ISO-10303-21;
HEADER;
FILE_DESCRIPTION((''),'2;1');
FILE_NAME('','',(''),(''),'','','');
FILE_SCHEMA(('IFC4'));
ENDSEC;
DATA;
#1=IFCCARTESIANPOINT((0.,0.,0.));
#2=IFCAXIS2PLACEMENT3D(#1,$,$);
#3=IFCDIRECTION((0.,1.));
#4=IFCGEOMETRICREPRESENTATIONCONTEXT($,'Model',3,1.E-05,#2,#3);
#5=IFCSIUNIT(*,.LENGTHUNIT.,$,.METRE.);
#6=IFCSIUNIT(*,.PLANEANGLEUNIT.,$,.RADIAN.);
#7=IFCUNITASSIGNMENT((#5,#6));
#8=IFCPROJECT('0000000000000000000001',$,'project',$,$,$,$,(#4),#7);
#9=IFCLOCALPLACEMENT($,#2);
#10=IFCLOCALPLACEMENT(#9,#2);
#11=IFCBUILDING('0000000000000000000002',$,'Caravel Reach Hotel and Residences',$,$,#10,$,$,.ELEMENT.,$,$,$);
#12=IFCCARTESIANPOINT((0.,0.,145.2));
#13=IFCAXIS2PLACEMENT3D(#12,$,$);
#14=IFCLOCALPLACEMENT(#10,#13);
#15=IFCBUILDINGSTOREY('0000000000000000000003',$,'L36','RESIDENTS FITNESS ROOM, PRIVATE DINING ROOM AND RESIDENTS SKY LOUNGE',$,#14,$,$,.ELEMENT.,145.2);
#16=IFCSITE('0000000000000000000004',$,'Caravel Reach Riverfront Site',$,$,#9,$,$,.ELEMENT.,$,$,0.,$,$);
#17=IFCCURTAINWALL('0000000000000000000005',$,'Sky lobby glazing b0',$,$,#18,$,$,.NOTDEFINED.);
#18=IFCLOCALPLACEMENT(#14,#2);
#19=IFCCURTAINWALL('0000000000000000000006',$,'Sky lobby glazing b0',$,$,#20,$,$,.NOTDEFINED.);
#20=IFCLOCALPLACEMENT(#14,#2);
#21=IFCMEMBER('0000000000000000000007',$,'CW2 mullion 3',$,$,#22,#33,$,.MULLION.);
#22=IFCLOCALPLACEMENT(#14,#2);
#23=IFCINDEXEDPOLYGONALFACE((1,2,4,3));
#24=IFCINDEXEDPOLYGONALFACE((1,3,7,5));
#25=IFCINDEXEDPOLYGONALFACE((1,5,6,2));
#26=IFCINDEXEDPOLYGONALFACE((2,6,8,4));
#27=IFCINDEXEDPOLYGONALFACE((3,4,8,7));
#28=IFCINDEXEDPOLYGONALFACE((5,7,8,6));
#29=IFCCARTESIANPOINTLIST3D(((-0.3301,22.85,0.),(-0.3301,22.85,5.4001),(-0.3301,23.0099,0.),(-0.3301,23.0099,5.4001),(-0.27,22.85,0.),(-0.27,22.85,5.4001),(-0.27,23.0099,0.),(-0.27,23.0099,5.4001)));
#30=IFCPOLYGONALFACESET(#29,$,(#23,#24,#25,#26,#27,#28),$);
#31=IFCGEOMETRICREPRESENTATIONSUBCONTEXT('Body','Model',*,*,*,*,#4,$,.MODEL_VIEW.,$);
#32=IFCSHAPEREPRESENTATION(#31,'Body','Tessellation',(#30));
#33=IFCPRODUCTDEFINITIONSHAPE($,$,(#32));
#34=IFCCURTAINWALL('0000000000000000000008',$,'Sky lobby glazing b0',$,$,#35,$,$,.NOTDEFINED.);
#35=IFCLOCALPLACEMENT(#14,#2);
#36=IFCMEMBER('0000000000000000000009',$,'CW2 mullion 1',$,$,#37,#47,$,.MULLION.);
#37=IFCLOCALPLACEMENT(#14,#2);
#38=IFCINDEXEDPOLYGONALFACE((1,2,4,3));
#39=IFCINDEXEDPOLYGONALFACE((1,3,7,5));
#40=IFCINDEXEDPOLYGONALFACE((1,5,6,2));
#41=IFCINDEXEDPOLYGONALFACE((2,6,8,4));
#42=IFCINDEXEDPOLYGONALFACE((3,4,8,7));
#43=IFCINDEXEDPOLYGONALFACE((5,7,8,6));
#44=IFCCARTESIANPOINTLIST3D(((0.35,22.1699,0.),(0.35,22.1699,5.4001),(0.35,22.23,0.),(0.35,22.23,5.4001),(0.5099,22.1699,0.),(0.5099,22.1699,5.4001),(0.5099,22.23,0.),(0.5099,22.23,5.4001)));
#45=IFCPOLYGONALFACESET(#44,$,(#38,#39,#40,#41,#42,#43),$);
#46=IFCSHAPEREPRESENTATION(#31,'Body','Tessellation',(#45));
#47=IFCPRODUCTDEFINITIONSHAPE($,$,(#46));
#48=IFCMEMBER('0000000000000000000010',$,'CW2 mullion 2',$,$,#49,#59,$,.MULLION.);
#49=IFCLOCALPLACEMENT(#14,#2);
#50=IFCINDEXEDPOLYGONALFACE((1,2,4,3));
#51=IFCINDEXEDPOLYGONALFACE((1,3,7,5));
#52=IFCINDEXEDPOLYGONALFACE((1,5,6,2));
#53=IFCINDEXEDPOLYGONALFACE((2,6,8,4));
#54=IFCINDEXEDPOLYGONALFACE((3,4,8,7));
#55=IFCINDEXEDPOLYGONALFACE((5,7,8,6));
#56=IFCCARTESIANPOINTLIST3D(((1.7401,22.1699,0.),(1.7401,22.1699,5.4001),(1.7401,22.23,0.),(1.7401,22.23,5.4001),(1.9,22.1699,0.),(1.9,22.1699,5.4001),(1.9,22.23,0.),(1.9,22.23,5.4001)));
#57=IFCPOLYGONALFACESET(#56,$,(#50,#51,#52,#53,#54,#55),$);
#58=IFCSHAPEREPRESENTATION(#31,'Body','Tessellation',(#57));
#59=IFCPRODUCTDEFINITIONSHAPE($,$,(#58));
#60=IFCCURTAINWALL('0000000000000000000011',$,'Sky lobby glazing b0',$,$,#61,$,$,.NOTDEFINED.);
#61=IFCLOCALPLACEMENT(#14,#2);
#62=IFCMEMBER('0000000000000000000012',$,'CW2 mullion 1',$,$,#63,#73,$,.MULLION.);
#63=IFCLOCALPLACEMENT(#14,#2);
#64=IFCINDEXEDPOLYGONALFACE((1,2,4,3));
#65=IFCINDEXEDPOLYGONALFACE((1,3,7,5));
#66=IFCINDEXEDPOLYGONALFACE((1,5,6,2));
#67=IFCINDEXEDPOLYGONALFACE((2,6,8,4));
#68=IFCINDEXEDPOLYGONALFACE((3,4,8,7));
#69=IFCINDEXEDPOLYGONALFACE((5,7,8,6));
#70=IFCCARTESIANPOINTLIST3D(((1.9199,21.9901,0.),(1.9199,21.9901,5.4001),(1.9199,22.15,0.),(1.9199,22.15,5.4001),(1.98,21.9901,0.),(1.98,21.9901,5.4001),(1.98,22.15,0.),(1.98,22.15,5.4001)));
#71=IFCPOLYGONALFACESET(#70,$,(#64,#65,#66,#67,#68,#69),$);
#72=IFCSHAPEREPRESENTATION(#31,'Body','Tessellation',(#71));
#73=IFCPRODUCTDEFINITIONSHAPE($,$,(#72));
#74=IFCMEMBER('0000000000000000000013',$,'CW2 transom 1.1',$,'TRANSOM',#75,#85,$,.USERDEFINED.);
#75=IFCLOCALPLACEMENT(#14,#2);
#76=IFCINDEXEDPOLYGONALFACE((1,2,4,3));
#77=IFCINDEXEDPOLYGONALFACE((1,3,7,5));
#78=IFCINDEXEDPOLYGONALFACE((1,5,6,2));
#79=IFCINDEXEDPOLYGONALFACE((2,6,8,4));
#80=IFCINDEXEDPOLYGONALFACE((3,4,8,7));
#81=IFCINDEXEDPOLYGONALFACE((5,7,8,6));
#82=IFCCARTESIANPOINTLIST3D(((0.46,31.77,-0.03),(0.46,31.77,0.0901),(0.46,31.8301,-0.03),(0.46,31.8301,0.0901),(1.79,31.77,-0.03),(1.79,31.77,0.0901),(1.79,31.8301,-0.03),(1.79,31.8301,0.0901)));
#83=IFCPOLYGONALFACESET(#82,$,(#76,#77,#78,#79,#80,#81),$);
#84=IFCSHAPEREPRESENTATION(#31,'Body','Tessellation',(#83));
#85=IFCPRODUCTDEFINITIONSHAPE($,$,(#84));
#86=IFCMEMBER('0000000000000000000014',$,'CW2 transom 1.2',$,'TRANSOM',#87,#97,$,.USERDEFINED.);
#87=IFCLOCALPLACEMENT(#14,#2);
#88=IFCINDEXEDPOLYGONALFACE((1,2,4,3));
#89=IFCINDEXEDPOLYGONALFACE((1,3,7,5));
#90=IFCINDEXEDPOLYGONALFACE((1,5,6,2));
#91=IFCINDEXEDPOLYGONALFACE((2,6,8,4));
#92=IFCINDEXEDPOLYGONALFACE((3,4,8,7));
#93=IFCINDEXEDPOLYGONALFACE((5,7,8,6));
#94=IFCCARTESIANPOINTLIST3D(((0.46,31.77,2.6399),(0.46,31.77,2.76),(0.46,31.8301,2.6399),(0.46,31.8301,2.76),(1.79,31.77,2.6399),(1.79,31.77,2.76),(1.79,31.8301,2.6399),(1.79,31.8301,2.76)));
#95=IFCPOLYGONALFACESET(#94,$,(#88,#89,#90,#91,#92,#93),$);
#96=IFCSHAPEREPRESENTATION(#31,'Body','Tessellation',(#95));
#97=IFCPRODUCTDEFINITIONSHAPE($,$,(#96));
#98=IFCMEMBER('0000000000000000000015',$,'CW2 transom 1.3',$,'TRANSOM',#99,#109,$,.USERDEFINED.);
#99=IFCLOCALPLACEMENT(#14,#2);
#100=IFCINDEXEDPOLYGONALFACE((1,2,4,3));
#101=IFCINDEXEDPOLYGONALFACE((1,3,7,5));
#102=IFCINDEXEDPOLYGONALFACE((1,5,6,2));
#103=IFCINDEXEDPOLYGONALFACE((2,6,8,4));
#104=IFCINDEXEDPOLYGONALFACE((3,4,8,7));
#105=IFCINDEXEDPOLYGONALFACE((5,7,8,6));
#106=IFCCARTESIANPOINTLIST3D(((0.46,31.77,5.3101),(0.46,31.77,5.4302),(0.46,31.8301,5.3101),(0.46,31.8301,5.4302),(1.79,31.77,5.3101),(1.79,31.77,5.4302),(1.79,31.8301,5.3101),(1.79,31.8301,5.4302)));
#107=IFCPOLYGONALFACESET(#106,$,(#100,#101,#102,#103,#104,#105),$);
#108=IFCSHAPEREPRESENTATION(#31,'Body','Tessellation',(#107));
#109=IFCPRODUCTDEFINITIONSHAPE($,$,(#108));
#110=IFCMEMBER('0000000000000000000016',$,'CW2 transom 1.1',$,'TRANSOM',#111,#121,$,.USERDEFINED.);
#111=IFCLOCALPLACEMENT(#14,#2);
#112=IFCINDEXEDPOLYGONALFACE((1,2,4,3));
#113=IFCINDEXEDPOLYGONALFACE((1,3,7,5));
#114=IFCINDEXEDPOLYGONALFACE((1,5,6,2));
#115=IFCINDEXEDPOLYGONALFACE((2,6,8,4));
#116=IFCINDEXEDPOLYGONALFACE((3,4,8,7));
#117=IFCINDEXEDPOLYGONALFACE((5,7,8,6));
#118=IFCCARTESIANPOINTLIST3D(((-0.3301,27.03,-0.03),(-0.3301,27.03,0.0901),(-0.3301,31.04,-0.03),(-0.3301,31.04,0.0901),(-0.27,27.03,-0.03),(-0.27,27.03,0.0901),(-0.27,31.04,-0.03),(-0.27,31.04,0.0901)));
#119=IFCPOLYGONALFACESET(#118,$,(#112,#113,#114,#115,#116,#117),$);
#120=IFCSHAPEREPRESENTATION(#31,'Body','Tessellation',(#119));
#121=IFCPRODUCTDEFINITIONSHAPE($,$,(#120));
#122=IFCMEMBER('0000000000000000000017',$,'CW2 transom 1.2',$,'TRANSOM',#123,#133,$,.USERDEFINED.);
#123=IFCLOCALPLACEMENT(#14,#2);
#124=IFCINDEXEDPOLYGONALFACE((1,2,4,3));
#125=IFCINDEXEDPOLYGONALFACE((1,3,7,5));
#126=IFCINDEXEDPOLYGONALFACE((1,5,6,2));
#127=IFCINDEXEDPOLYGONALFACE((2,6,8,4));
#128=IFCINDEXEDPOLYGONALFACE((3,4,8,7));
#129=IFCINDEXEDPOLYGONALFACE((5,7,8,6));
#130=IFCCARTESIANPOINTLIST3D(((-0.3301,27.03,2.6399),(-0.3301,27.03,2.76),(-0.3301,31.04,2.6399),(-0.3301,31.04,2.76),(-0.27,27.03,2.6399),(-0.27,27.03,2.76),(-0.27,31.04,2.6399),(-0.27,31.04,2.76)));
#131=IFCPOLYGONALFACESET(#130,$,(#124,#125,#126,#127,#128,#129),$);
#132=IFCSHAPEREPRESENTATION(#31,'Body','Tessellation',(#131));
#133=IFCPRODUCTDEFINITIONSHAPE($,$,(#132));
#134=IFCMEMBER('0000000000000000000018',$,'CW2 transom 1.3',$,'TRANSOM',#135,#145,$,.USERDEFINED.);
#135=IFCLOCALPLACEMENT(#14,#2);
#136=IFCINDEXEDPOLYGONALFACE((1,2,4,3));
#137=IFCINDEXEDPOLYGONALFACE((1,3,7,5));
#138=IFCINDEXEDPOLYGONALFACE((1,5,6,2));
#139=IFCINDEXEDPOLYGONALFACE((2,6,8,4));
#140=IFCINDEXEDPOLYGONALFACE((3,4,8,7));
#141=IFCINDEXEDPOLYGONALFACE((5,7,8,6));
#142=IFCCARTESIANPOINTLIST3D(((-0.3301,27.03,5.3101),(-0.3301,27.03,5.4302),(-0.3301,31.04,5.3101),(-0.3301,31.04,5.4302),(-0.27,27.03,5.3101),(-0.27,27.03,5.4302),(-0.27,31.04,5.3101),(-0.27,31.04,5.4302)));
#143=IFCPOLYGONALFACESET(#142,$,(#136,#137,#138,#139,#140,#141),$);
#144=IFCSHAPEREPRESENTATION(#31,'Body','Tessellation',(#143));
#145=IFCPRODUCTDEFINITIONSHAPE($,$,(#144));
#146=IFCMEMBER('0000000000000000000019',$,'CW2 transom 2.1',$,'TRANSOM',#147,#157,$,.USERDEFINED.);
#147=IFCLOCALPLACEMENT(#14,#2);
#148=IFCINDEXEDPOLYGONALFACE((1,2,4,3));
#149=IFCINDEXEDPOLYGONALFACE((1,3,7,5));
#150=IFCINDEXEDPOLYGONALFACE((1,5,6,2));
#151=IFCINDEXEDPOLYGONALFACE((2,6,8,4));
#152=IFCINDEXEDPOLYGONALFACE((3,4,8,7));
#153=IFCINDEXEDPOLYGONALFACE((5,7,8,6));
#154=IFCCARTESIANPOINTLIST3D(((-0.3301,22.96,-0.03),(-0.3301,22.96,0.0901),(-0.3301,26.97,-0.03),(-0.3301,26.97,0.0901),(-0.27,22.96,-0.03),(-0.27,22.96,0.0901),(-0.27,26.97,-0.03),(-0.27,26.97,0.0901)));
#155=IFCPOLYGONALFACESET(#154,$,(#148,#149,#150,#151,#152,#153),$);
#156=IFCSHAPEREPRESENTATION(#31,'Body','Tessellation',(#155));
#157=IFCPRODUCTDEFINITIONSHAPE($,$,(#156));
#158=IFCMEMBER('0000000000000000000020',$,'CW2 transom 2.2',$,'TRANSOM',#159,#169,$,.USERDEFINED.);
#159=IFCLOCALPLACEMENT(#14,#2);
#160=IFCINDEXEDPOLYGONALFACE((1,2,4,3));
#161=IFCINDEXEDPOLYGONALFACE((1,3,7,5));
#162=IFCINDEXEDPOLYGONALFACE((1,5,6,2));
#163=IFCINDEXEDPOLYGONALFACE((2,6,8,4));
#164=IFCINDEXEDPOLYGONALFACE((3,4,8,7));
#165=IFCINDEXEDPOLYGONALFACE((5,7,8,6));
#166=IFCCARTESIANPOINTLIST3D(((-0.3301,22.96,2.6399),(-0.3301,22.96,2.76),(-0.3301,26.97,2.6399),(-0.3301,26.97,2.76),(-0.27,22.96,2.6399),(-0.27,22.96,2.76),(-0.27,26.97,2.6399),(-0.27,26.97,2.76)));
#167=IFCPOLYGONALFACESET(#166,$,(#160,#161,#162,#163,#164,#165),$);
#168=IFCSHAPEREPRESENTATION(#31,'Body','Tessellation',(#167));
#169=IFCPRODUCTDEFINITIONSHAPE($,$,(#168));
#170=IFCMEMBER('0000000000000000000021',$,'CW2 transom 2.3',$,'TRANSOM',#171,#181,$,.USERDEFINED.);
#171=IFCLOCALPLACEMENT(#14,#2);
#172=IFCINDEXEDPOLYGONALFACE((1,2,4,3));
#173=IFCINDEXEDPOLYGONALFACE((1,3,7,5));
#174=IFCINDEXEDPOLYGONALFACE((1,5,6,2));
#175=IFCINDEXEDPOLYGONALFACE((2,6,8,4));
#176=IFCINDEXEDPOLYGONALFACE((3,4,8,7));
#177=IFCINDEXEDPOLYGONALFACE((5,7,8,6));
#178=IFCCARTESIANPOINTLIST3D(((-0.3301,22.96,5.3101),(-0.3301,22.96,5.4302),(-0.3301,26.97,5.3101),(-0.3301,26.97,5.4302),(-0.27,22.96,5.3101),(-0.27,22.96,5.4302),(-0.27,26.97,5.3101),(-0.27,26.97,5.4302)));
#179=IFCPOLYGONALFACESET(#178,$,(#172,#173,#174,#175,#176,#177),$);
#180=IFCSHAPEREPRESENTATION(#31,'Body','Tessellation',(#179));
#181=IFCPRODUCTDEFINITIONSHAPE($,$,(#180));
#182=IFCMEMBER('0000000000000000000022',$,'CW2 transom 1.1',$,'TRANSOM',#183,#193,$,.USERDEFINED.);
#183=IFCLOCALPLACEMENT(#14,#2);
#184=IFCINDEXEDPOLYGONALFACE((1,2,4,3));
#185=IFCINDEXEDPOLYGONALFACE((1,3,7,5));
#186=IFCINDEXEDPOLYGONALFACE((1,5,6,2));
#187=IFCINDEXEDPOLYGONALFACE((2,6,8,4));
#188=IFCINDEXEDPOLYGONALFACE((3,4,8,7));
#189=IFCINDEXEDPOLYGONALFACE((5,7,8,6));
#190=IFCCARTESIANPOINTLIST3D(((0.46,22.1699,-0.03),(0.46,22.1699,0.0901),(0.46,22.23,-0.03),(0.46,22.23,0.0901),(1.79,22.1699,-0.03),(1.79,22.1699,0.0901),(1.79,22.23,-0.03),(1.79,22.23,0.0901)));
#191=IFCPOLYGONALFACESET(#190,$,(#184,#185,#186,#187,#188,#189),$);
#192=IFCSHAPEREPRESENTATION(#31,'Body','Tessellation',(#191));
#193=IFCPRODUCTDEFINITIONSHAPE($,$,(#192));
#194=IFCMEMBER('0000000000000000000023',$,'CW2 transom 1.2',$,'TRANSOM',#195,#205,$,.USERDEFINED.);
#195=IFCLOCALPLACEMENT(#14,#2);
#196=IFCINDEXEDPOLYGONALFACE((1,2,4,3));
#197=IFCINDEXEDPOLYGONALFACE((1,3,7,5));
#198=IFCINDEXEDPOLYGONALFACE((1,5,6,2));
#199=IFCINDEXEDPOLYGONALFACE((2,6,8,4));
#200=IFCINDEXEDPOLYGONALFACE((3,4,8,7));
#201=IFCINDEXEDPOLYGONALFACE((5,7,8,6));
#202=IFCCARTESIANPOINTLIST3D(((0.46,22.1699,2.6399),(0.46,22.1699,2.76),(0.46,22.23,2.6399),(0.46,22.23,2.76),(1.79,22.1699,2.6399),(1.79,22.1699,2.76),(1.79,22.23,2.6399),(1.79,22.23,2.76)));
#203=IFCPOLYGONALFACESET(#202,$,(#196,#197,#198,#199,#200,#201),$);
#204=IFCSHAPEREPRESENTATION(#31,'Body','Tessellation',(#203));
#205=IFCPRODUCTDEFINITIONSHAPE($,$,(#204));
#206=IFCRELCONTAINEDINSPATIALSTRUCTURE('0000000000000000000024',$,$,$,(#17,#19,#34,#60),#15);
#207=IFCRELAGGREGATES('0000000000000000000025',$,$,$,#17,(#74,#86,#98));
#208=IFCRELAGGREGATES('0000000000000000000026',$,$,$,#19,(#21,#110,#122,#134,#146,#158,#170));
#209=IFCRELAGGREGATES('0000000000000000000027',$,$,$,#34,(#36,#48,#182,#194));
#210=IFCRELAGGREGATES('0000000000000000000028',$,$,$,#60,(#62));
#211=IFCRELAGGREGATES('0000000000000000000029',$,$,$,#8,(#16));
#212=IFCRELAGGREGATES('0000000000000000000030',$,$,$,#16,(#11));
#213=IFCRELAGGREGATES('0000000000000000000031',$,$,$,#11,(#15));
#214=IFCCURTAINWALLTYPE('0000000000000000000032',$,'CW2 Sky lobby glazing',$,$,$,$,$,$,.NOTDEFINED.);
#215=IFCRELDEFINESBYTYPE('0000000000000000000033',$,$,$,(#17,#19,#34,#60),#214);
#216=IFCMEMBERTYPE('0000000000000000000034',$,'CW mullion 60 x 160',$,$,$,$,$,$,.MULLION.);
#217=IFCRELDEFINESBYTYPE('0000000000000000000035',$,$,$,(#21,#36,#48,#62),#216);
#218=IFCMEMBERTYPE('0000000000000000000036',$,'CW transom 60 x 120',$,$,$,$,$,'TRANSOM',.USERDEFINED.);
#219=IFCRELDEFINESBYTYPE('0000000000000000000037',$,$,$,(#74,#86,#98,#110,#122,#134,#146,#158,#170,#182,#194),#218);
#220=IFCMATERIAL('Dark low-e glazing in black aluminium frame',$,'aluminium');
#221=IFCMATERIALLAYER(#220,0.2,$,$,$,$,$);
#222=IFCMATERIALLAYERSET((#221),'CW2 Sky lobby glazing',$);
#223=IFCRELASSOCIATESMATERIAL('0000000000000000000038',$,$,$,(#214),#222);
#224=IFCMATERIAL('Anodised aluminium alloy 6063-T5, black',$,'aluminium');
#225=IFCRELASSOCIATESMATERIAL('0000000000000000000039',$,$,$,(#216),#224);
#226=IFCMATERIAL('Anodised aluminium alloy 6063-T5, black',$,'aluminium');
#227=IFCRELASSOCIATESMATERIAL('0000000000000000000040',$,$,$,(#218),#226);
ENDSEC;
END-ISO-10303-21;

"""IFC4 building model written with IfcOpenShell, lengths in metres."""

from ifc_helpers import new_model, si_unit, direction, frame, origin, origin_2d, place, context, subcontext, project, spatial, rectangle, extrude, material, layer, layer_set, material_profile, profile_set, type_object, element, aggregate, save


model = new_model("IFC4")

# Units and contexts
model_context = context("Model", 3, precision=1e-05, world=origin(), true_north=direction((0.0, 1.0)))
body_context = subcontext(model_context, "Body", "Model", "MODEL_VIEW")
ifc_project = project(units=[si_unit("LENGTHUNIT", "METRE"), si_unit("PLANEANGLEUNIT", "RADIAN")], contexts=[model_context])

# Site, building, storey
site_placement = place(None, origin())
site = spatial("IfcSite", under=ifc_project, at=site_placement, Name="Caravel Reach Riverfront Site", CompositionType="ELEMENT", RefElevation=0.0)
building_placement = place(site_placement, origin())
building = spatial("IfcBuilding", under=site, at=building_placement, Name="Caravel Reach Hotel and Residences", CompositionType="ELEMENT")
storey_placement = place(building_placement, frame((0.0, 0.0, 145.2)))
storey = spatial("IfcBuildingStorey", under=building, at=storey_placement, Name="L36", Description="RESIDENTS FITNESS ROOM, PRIVATE DINING ROOM AND RESIDENTS SKY LOUNGE", CompositionType="ELEMENT", Elevation=145.2)

# Curtain wall
ifc_material_1 = material(Name="Dark low-e glazing in black aluminium frame", Category="aluminium")
ifc_layer_1 = layer(ifc_material_1, 0.2)
ifc_layer_set_1 = layer_set([ifc_layer_1], Name="CW2 Sky lobby glazing")
curtain_wall_type = type_object("IfcCurtainWallType", Name="CW2 Sky lobby glazing", PredefinedType="NOTDEFINED", material=ifc_layer_set_1)
curtain_wall_1_placement = place(storey_placement, origin())
curtain_wall_1 = element("IfcCurtainWall", 1, at=curtain_wall_1_placement, inside=storey, type_object=curtain_wall_type, Name="Sky lobby glazing b0", PredefinedType="NOTDEFINED")
ifc_material_2 = material(Name="Anodised aluminium alloy 6063-T5, black", Category="aluminium")
ifc_material_profile_1 = material_profile(ifc_material_2, rectangle(XDim=0.0601, YDim=0.1599, at=origin_2d()), Name="CW mullion 60 x 160")
ifc_profile_set_1 = profile_set([ifc_material_profile_1], Name="Anodised aluminium alloy 6063-T5, black")
member_type_1 = type_object("IfcMemberType", Name="CW mullion 60 x 160", PredefinedType="MULLION", material=ifc_profile_set_1)

# Curtain walls, members
curtain_wall_2_placement = place(storey_placement, origin())
curtain_wall_2 = element("IfcCurtainWall", 2, at=curtain_wall_2_placement, inside=storey, type_object=curtain_wall_type, Name="Sky lobby glazing b0", PredefinedType="NOTDEFINED")
member_1_placement = place(storey_placement, frame((-0.3, 22.9299, 0.0), z_axis=(0.0, 0.0, 1.0), x_axis=(1.0, 0.0, 0.0)))
member_1 = element("IfcMember", 3, at=member_1_placement, type_object=member_type_1, Name="CW2 mullion 3", PredefinedType="MULLION", context=body_context, shape_type="SweptSolid", body=[
    extrude(rectangle(XDim=0.0601, YDim=0.1599, at=origin_2d()), origin(), (0.0, 0.0, 1.0), 5.4001),
])
curtain_wall_3_placement = place(storey_placement, origin())
curtain_wall_3 = element("IfcCurtainWall", 4, at=curtain_wall_3_placement, inside=storey, type_object=curtain_wall_type, Name="Sky lobby glazing b0", PredefinedType="NOTDEFINED")
member_2_placement = place(storey_placement, frame((0.4299, 22.2, 0.0), z_axis=(0.0, 0.0, 1.0), x_axis=(0.0, 1.0, 0.0)))
member_2 = element("IfcMember", 5, at=member_2_placement, type_object=member_type_1, Name="CW2 mullion 1", PredefinedType="MULLION", context=body_context, shape_type="SweptSolid", body=[
    extrude(rectangle(XDim=0.0601, YDim=0.1599, at=origin_2d()), origin(), (0.0, 0.0, 1.0), 5.4001),
])
member_3_placement = place(storey_placement, frame((1.8201, 22.2, 0.0), z_axis=(0.0, 0.0, 1.0), x_axis=(0.0, 1.0, 0.0)))
member_3 = element("IfcMember", 6, at=member_3_placement, type_object=member_type_1, Name="CW2 mullion 2", PredefinedType="MULLION", context=body_context, shape_type="SweptSolid", body=[
    extrude(rectangle(XDim=0.0601, YDim=0.1599, at=origin_2d()), origin(), (0.0, 0.0, 1.0), 5.4001),
])

# Curtain wall, member
curtain_wall_4_placement = place(storey_placement, origin())
curtain_wall_4 = element("IfcCurtainWall", 7, at=curtain_wall_4_placement, inside=storey, type_object=curtain_wall_type, Name="Sky lobby glazing b0", PredefinedType="NOTDEFINED")
member_4_placement = place(storey_placement, frame((1.95, 22.0701, 0.0), z_axis=(0.0, 0.0, 1.0), x_axis=(1.0, 0.0, 0.0)))
member_4 = element("IfcMember", 8, at=member_4_placement, type_object=member_type_1, Name="CW2 mullion 1", PredefinedType="MULLION", context=body_context, shape_type="SweptSolid", body=[
    extrude(rectangle(XDim=0.0601, YDim=0.1599, at=origin_2d()), origin(), (0.0, 0.0, 1.0), 5.4001),
])

# Members
ifc_material_3 = material(Name="Anodised aluminium alloy 6063-T5, black", Category="aluminium")
ifc_material_profile_2 = material_profile(ifc_material_3, rectangle(XDim=0.0601, YDim=0.1201, at=origin_2d()), Name="CW transom 60 x 120")
ifc_profile_set_2 = profile_set([ifc_material_profile_2], Name="Anodised aluminium alloy 6063-T5, black")
member_type_2 = type_object("IfcMemberType", Name="CW transom 60 x 120", ElementType="TRANSOM", PredefinedType="USERDEFINED", material=ifc_profile_set_2)
member_5_placement = place(storey_placement, frame((1.79, 31.8, 0.03), z_axis=(-1.0, 0.0, 0.0), x_axis=(0.0, -1.0, 0.0)))
member_5 = element("IfcMember", 9, at=member_5_placement, type_object=member_type_2, Name="CW2 transom 1.1", ObjectType="TRANSOM", PredefinedType="USERDEFINED", context=body_context, shape_type="SweptSolid", body=[
    extrude(rectangle(XDim=0.0601, YDim=0.1201, at=origin_2d()), origin(), (0.0, 0.0, 1.0), 1.3301),
])
member_6_placement = place(storey_placement, frame((1.79, 31.8, 2.7), z_axis=(-1.0, 0.0, 0.0), x_axis=(0.0, -1.0, 0.0)))
member_6 = element("IfcMember", 10, at=member_6_placement, type_object=member_type_2, Name="CW2 transom 1.2", ObjectType="TRANSOM", PredefinedType="USERDEFINED", context=body_context, shape_type="SweptSolid", body=[
    extrude(rectangle(XDim=0.0601, YDim=0.1201, at=origin_2d()), origin(), (0.0, 0.0, 1.0), 1.3301),
])
member_7_placement = place(storey_placement, frame((1.79, 31.8, 5.3701), z_axis=(-1.0, 0.0, 0.0), x_axis=(0.0, -1.0, 0.0)))
member_7 = element("IfcMember", 11, at=member_7_placement, type_object=member_type_2, Name="CW2 transom 1.3", ObjectType="TRANSOM", PredefinedType="USERDEFINED", context=body_context, shape_type="SweptSolid", body=[
    extrude(rectangle(XDim=0.0601, YDim=0.1201, at=origin_2d()), origin(), (0.0, 0.0, 1.0), 1.3301),
])
member_8_placement = place(storey_placement, frame((-0.3, 31.04, 0.03), z_axis=(0.0, -1.0, 0.0), x_axis=(1.0, 0.0, 0.0)))
member_8 = element("IfcMember", 12, at=member_8_placement, type_object=member_type_2, Name="CW2 transom 1.1", ObjectType="TRANSOM", PredefinedType="USERDEFINED", context=body_context, shape_type="SweptSolid", body=[
    extrude(rectangle(XDim=0.0601, YDim=0.1201, at=origin_2d()), origin(), (0.0, 0.0, 1.0), 4.01),
])
member_9_placement = place(storey_placement, frame((-0.3, 31.04, 2.7), z_axis=(0.0, -1.0, 0.0), x_axis=(1.0, 0.0, 0.0)))
member_9 = element("IfcMember", 13, at=member_9_placement, type_object=member_type_2, Name="CW2 transom 1.2", ObjectType="TRANSOM", PredefinedType="USERDEFINED", context=body_context, shape_type="SweptSolid", body=[
    extrude(rectangle(XDim=0.0601, YDim=0.1201, at=origin_2d()), origin(), (0.0, 0.0, 1.0), 4.01),
])
member_10_placement = place(storey_placement, frame((-0.3, 31.04, 5.3701), z_axis=(0.0, -1.0, 0.0), x_axis=(1.0, 0.0, 0.0)))
member_10 = element("IfcMember", 14, at=member_10_placement, type_object=member_type_2, Name="CW2 transom 1.3", ObjectType="TRANSOM", PredefinedType="USERDEFINED", context=body_context, shape_type="SweptSolid", body=[
    extrude(rectangle(XDim=0.0601, YDim=0.1201, at=origin_2d()), origin(), (0.0, 0.0, 1.0), 4.01),
])
member_11_placement = place(storey_placement, frame((-0.3, 26.97, 0.03), z_axis=(0.0, -1.0, 0.0), x_axis=(1.0, 0.0, 0.0)))
member_11 = element("IfcMember", 15, at=member_11_placement, type_object=member_type_2, Name="CW2 transom 2.1", ObjectType="TRANSOM", PredefinedType="USERDEFINED", context=body_context, shape_type="SweptSolid", body=[
    extrude(rectangle(XDim=0.0601, YDim=0.1201, at=origin_2d()), origin(), (0.0, 0.0, 1.0), 4.01),
])
member_12_placement = place(storey_placement, frame((-0.3, 26.97, 2.7), z_axis=(0.0, -1.0, 0.0), x_axis=(1.0, 0.0, 0.0)))
member_12 = element("IfcMember", 16, at=member_12_placement, type_object=member_type_2, Name="CW2 transom 2.2", ObjectType="TRANSOM", PredefinedType="USERDEFINED", context=body_context, shape_type="SweptSolid", body=[
    extrude(rectangle(XDim=0.0601, YDim=0.1201, at=origin_2d()), origin(), (0.0, 0.0, 1.0), 4.01),
])
member_13_placement = place(storey_placement, frame((-0.3, 26.97, 5.3701), z_axis=(0.0, -1.0, 0.0), x_axis=(1.0, 0.0, 0.0)))
member_13 = element("IfcMember", 17, at=member_13_placement, type_object=member_type_2, Name="CW2 transom 2.3", ObjectType="TRANSOM", PredefinedType="USERDEFINED", context=body_context, shape_type="SweptSolid", body=[
    extrude(rectangle(XDim=0.0601, YDim=0.1201, at=origin_2d()), origin(), (0.0, 0.0, 1.0), 4.01),
])
member_14_placement = place(storey_placement, frame((0.46, 22.2, 0.03), z_axis=(1.0, 0.0, 0.0), x_axis=(0.0, 1.0, 0.0)))
member_14 = element("IfcMember", 18, at=member_14_placement, type_object=member_type_2, Name="CW2 transom 1.1", ObjectType="TRANSOM", PredefinedType="USERDEFINED", context=body_context, shape_type="SweptSolid", body=[
    extrude(rectangle(XDim=0.0601, YDim=0.1201, at=origin_2d()), origin(), (0.0, 0.0, 1.0), 1.3301),
])
member_15_placement = place(storey_placement, frame((0.46, 22.2, 2.7), z_axis=(1.0, 0.0, 0.0), x_axis=(0.0, 1.0, 0.0)))
member_15 = element("IfcMember", 19, at=member_15_placement, type_object=member_type_2, Name="CW2 transom 1.2", ObjectType="TRANSOM", PredefinedType="USERDEFINED", context=body_context, shape_type="SweptSolid", body=[
    extrude(rectangle(XDim=0.0601, YDim=0.1201, at=origin_2d()), origin(), (0.0, 0.0, 1.0), 1.3301),
])

aggregate(curtain_wall_1, [member_5, member_6, member_7])
aggregate(curtain_wall_2, [member_1, member_8, member_9, member_10, member_11, member_12, member_13])
aggregate(curtain_wall_3, [member_2, member_3, member_14, member_15])
aggregate(curtain_wall_4, [member_4])

save(model, "model.ifc")
